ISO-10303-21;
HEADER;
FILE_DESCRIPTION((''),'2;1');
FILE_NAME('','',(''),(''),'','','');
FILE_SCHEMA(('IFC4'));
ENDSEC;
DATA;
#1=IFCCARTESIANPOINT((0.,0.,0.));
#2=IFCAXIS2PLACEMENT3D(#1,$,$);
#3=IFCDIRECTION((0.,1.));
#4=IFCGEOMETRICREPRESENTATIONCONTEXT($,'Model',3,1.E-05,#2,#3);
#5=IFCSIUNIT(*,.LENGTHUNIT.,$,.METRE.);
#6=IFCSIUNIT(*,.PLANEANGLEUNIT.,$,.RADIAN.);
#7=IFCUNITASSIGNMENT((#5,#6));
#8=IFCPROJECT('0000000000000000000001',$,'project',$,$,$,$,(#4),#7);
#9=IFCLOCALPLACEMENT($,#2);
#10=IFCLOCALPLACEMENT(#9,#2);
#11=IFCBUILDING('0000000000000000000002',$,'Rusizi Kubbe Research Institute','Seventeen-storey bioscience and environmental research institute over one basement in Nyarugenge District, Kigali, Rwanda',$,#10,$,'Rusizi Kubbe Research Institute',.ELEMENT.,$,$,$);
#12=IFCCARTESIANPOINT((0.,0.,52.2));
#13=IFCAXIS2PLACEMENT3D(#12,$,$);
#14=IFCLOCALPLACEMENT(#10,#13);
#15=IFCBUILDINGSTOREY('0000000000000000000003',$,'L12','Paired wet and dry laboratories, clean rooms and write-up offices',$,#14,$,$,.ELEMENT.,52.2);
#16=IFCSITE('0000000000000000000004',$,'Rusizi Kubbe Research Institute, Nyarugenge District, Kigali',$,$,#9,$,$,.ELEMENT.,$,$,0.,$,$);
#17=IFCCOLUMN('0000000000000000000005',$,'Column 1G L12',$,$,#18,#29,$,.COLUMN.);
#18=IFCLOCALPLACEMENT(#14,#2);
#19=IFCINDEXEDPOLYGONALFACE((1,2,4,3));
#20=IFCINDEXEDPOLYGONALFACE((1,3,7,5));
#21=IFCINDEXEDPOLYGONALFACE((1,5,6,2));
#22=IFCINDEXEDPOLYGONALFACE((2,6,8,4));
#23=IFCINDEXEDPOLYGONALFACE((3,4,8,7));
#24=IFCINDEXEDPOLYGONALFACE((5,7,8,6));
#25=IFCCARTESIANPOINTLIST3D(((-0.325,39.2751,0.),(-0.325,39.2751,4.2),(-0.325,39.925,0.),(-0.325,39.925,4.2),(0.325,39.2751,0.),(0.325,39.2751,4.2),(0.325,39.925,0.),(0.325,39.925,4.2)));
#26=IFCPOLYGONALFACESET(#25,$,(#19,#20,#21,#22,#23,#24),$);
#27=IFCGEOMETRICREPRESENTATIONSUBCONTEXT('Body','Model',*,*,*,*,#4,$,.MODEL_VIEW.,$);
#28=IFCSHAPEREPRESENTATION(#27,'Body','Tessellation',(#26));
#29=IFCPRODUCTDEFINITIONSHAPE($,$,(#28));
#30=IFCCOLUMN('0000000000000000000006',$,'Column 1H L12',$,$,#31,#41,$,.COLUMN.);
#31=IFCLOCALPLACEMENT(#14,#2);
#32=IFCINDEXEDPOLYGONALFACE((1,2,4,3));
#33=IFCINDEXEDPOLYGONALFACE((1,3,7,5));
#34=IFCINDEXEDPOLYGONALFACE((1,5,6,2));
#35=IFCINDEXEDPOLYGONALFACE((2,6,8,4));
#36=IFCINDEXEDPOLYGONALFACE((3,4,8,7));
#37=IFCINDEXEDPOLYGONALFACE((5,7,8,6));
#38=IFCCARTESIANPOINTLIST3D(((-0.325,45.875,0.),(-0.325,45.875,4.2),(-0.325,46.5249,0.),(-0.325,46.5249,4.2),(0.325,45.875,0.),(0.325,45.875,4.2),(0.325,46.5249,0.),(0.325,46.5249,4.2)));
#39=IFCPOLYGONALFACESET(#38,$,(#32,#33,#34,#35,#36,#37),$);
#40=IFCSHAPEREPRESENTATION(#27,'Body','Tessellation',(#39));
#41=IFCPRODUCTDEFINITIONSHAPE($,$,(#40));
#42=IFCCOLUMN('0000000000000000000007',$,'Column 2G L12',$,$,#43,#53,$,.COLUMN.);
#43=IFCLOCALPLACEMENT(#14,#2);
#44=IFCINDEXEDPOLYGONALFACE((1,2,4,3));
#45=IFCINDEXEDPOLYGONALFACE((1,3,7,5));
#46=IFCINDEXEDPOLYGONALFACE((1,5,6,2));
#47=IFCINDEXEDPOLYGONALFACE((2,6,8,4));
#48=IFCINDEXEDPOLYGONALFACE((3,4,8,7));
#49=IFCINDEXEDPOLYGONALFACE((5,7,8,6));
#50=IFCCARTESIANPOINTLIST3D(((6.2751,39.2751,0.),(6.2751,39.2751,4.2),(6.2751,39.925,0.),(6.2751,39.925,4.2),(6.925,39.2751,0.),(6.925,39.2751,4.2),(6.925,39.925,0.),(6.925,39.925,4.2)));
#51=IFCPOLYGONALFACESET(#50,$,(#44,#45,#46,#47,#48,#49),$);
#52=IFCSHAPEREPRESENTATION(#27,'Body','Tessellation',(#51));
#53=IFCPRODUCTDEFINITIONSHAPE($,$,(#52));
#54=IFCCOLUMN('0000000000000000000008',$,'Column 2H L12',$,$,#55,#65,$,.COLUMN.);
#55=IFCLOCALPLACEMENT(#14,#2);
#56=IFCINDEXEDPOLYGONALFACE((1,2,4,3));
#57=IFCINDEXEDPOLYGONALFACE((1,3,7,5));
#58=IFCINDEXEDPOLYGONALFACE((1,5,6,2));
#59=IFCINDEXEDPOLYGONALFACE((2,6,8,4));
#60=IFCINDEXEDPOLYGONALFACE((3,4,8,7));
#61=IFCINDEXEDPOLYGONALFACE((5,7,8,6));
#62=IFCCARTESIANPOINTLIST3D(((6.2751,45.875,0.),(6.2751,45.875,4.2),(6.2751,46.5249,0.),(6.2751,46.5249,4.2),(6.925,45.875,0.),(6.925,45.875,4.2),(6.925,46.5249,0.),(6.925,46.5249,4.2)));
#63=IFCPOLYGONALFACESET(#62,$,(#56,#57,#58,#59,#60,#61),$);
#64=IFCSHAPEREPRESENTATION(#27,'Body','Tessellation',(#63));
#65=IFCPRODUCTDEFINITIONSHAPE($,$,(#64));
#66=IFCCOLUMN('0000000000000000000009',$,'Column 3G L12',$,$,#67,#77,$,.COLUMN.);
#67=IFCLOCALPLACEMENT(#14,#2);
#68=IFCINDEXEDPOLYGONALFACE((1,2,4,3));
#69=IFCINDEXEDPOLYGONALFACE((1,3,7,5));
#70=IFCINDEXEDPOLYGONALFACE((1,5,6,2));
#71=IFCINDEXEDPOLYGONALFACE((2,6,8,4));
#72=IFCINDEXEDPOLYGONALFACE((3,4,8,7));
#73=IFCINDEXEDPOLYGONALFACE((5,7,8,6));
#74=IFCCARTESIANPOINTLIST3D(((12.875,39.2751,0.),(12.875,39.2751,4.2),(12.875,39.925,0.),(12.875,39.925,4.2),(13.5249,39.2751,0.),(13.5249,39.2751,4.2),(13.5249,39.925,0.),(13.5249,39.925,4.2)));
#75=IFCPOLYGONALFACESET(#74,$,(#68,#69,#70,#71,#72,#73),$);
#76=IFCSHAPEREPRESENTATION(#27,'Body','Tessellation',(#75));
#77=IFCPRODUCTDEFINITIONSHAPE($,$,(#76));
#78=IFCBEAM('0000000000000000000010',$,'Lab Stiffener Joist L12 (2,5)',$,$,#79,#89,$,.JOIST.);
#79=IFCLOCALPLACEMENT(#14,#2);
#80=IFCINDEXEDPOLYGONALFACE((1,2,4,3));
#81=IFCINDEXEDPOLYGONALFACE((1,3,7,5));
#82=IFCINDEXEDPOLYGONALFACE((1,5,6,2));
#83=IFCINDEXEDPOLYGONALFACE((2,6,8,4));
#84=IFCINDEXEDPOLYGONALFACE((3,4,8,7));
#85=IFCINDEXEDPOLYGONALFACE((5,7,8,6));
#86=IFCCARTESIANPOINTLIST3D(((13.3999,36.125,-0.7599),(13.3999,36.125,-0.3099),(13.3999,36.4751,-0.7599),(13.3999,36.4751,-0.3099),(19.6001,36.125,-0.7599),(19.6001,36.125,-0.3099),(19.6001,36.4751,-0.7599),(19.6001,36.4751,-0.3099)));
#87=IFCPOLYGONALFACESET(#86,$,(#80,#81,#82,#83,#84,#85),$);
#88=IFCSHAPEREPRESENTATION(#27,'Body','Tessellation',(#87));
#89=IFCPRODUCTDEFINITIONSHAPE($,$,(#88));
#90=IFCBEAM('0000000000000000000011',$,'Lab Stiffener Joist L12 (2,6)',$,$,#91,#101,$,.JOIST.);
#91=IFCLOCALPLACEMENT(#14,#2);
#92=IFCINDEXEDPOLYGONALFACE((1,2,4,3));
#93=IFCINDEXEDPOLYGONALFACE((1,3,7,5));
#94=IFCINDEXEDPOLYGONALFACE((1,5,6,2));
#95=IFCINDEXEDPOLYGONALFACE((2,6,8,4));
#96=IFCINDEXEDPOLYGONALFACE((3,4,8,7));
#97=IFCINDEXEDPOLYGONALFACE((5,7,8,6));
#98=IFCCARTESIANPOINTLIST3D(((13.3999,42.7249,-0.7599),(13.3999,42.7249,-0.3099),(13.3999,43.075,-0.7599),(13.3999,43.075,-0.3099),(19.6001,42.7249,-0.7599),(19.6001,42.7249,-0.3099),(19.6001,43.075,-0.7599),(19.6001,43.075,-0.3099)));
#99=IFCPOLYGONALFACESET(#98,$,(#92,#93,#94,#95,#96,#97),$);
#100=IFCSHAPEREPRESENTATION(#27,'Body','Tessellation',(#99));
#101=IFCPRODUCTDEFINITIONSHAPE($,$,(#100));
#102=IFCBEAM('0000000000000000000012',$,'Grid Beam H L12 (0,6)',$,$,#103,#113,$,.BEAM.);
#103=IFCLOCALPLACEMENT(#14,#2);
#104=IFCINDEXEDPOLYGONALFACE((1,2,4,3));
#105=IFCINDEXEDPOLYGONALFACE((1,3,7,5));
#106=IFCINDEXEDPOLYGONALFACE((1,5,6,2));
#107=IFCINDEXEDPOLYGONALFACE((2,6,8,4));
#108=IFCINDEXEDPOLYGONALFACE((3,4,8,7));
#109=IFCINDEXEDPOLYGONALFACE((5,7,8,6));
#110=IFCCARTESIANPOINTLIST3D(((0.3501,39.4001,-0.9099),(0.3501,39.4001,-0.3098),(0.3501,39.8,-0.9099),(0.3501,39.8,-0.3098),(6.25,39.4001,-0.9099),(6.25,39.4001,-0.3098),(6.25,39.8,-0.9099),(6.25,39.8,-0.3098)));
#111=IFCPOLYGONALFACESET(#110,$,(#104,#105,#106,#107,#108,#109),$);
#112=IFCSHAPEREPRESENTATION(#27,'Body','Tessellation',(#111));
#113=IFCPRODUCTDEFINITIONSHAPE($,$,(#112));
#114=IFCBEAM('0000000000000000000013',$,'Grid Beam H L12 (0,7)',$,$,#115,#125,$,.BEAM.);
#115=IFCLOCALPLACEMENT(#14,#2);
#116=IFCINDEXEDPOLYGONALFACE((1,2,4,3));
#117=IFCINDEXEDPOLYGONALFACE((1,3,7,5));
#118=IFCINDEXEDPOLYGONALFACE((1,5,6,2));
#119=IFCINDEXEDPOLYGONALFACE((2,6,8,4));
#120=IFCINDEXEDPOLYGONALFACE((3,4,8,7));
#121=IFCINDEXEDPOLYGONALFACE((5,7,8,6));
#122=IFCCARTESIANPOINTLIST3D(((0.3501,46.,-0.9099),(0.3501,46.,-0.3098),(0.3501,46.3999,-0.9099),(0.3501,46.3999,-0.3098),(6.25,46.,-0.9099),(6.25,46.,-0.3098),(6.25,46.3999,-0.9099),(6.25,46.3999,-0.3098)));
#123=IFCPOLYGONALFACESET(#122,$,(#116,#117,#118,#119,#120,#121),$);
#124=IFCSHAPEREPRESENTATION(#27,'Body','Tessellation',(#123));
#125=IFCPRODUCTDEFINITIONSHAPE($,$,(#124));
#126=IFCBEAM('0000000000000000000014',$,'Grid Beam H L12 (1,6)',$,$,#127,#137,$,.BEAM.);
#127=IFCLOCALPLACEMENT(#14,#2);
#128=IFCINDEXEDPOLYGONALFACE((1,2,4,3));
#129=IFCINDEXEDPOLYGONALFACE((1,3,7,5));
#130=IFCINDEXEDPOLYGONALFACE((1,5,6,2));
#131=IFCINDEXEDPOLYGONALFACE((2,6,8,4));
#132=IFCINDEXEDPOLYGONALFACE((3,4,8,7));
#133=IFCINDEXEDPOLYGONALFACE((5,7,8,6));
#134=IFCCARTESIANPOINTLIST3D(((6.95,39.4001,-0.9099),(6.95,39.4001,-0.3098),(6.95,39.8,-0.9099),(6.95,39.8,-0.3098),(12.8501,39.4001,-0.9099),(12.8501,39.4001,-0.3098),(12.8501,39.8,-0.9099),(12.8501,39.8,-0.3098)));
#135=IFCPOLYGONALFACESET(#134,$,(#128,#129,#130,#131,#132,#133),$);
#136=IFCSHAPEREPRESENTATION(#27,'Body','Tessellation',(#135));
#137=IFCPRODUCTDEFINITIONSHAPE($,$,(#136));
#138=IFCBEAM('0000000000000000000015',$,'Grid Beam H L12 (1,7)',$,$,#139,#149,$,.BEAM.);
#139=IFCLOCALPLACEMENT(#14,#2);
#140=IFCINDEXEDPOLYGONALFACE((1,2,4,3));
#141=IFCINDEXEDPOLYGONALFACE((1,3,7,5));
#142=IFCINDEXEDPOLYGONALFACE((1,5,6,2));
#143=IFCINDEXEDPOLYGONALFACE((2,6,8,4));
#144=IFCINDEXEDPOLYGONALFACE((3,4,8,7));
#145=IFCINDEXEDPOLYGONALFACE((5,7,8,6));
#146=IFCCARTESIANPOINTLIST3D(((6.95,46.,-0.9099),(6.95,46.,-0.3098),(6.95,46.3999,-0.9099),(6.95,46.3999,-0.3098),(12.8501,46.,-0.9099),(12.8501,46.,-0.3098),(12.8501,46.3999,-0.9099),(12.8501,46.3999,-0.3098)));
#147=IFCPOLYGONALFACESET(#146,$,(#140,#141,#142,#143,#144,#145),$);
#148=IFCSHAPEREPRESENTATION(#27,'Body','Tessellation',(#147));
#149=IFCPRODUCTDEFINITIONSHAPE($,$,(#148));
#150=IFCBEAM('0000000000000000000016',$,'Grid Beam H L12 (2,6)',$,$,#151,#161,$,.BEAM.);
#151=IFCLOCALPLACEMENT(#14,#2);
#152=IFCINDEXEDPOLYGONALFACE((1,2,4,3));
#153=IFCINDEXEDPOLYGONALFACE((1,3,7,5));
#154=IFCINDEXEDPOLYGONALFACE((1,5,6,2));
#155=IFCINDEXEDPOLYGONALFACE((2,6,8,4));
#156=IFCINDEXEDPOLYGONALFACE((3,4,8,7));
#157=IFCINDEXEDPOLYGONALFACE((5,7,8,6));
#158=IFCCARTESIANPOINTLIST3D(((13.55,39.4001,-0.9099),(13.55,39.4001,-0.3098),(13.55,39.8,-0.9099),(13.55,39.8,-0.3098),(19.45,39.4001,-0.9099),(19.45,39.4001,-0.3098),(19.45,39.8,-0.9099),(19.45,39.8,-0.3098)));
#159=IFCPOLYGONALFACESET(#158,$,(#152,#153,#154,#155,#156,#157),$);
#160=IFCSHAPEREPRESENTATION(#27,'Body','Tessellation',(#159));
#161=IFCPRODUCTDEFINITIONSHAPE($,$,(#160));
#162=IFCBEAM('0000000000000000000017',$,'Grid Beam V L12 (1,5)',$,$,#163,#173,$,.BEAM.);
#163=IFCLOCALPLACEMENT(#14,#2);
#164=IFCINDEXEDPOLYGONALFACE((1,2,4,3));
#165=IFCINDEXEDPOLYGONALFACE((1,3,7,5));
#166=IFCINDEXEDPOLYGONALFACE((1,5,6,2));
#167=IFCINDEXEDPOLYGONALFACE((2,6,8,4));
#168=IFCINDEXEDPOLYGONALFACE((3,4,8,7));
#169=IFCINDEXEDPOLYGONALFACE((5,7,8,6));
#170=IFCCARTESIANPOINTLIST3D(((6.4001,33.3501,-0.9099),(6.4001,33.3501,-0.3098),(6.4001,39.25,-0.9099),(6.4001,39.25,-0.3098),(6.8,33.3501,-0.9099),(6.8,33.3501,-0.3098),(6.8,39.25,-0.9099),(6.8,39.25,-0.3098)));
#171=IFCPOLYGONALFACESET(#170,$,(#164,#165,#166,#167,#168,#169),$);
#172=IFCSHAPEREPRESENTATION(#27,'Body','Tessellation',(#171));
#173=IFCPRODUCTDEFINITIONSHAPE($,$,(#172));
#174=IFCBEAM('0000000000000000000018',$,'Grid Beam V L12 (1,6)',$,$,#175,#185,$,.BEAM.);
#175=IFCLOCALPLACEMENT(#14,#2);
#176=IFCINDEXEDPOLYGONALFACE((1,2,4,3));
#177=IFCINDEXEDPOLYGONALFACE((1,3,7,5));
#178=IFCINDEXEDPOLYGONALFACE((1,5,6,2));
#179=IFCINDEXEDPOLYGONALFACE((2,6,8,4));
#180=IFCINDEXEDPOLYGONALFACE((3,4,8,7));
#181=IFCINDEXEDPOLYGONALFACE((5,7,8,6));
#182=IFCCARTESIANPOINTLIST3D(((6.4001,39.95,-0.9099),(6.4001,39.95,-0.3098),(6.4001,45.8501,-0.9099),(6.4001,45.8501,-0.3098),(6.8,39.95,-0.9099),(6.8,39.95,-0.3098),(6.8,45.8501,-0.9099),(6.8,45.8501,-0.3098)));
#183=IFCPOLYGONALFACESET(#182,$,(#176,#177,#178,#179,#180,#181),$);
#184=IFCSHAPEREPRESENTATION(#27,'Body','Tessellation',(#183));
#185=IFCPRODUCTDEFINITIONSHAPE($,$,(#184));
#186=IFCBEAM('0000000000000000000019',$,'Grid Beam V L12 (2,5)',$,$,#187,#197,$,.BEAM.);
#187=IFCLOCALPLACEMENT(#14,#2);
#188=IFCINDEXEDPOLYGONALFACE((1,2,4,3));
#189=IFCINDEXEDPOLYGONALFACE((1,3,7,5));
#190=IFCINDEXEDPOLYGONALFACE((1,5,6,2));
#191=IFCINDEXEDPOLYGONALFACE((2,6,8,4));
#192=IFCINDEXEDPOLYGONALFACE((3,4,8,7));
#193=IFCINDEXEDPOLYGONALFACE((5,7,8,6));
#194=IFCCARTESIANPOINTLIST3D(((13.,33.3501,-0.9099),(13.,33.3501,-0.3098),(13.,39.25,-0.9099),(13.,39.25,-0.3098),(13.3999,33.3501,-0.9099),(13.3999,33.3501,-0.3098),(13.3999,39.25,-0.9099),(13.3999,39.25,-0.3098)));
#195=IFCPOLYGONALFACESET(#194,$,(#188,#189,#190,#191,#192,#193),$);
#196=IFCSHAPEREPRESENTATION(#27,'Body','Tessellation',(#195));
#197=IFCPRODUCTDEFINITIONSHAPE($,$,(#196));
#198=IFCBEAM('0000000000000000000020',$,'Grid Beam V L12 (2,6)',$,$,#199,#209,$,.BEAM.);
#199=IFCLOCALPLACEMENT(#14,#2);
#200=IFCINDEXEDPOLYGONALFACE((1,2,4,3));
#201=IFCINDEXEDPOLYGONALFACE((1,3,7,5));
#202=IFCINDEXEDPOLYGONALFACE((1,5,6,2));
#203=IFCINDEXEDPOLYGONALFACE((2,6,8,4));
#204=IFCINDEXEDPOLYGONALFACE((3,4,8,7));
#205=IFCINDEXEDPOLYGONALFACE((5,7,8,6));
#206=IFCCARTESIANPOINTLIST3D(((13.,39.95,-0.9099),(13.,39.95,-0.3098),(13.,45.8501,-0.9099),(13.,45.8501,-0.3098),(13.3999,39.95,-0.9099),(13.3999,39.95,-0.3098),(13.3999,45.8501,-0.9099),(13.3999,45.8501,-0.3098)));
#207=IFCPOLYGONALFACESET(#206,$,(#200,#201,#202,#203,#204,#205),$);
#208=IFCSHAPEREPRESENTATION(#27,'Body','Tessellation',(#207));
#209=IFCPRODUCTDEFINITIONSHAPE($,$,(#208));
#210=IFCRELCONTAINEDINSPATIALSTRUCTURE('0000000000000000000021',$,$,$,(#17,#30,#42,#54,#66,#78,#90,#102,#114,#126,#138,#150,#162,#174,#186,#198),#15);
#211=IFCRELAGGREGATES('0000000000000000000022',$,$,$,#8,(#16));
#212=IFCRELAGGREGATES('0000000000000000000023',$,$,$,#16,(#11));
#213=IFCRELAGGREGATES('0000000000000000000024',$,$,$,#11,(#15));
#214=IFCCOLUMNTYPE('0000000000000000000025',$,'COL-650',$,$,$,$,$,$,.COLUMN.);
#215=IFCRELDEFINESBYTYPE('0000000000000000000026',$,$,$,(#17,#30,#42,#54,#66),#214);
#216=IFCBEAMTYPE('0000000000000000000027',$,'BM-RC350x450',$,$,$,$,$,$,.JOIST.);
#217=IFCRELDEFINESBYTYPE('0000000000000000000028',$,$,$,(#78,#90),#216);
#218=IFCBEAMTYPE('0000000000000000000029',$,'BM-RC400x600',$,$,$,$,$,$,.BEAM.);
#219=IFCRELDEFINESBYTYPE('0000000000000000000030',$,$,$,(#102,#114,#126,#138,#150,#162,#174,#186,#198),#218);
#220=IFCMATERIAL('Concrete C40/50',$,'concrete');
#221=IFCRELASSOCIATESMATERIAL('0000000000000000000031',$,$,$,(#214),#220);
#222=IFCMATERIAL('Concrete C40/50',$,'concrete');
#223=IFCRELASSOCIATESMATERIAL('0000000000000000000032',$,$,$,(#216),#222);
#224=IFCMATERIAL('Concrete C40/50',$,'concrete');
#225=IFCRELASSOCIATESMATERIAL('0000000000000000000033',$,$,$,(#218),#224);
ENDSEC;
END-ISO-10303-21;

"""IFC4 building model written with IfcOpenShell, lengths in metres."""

from ifc_helpers import new_model, si_unit, direction, frame, origin, origin_2d, place, context, subcontext, project, spatial, rectangle, extrude, material, material_profile, profile_set, type_object, element, save


model = new_model("IFC4")

# Units and contexts
model_context = context("Model", 3, precision=1e-05, world=origin(), true_north=direction((0.0, 1.0)))
body_context = subcontext(model_context, "Body", "Model", "MODEL_VIEW")
ifc_project = project(units=[si_unit("LENGTHUNIT", "METRE"), si_unit("PLANEANGLEUNIT", "RADIAN")], contexts=[model_context])

# Site, building, storey
site_placement = place(None, origin())
site = spatial("IfcSite", under=ifc_project, at=site_placement, Name="Rusizi Kubbe Research Institute, Nyarugenge District, Kigali", CompositionType="ELEMENT", RefElevation=0.0)
building_placement = place(site_placement, origin())
building = spatial("IfcBuilding", under=site, at=building_placement, Name="Rusizi Kubbe Research Institute", Description="Seventeen-storey bioscience and environmental research institute over one basement in Nyarugenge District, Kigali, Rwanda", LongName="Rusizi Kubbe Research Institute", CompositionType="ELEMENT")
storey_placement = place(building_placement, frame((0.0, 0.0, 52.2)))
storey = spatial("IfcBuildingStorey", under=building, at=storey_placement, Name="L12", Description="Paired wet and dry laboratories, clean rooms and write-up offices", CompositionType="ELEMENT", Elevation=52.2)

# Columns
ifc_material_1 = material(Name="Concrete C40/50", Category="concrete")
ifc_material_profile_1 = material_profile(ifc_material_1, rectangle(XDim=0.6499, YDim=0.6499, at=origin_2d()), Name="RC650x650")
ifc_profile_set_1 = profile_set([ifc_material_profile_1], Name="Concrete C40/50")
column_type = type_object("IfcColumnType", Name="COL-650", PredefinedType="COLUMN", material=ifc_profile_set_1)
for number, where, z_axis, x_axis, name in (
    (1, (0.0, 39.6001, 0.0), (0.0, 0.0, 1.0), (1.0, 0.0, 0.0), "Column 1G L12"),
    (2, (0.0, 46.2, 0.0), (0.0, 0.0, 1.0), (1.0, 0.0, 0.0), "Column 1H L12"),
    (3, (6.6001, 39.6001, 0.0), (0.0, 0.0, 1.0), (1.0, 0.0, 0.0), "Column 2G L12"),
    (4, (6.6001, 46.2, 0.0), (0.0, 0.0, 1.0), (1.0, 0.0, 0.0), "Column 2H L12"),
    (5, (13.2, 39.6001, 0.0), (0.0, 0.0, 1.0), (1.0, 0.0, 0.0), "Column 3G L12"),
):
    element("IfcColumn", number, at=place(storey_placement, frame(where, z_axis=z_axis, x_axis=x_axis)), inside=storey, type_object=column_type, Name=name, PredefinedType="COLUMN", context=body_context, shape_type="SweptSolid", body=[
        extrude(rectangle(XDim=0.6499, YDim=0.6499, at=origin_2d()), origin(), (0.0, 0.0, 1.0), 4.2),
    ])

# Beams
ifc_material_2 = material(Name="Concrete C40/50", Category="concrete")
ifc_material_profile_2 = material_profile(ifc_material_2, rectangle(XDim=0.3501, YDim=0.45, at=origin_2d()), Name="RC350x450")
ifc_profile_set_2 = profile_set([ifc_material_profile_2], Name="Concrete C40/50")
beam_type_1 = type_object("IfcBeamType", Name="BM-RC350x450", PredefinedType="JOIST", material=ifc_profile_set_2)
for number, where, z_axis, x_axis, name in (
    (6, (13.3999, 36.3, -0.5349), (1.0, 0.0, 0.0), (0.0, 1.0, 0.0), "Lab Stiffener Joist L12 (2,5)"),
    (7, (13.3999, 42.8999, -0.5349), (1.0, 0.0, 0.0), (0.0, 1.0, 0.0), "Lab Stiffener Joist L12 (2,6)"),
):
    element("IfcBeam", number, at=place(storey_placement, frame(where, z_axis=z_axis, x_axis=x_axis)), inside=storey, type_object=beam_type_1, Name=name, PredefinedType="JOIST", context=body_context, shape_type="SweptSolid", body=[
        extrude(rectangle(XDim=0.3501, YDim=0.45, at=origin_2d()), origin(), (0.0, 0.0, 1.0), 6.2002),
    ])
ifc_material_3 = material(Name="Concrete C40/50", Category="concrete")
ifc_material_profile_3 = material_profile(ifc_material_3, rectangle(XDim=0.3999, YDim=0.6001, at=origin_2d()), Name="RC400x600")
ifc_profile_set_3 = profile_set([ifc_material_profile_3], Name="Concrete C40/50")
beam_type_2 = type_object("IfcBeamType", Name="BM-RC400x600", PredefinedType="BEAM", material=ifc_profile_set_3)
for number, where, z_axis, x_axis, name in (
    (8, (0.3501, 39.6001, -0.6099), (1.0, 0.0, 0.0), (0.0, 1.0, 0.0), "Grid Beam H L12 (0,6)"),
    (9, (0.3501, 46.2, -0.6099), (1.0, 0.0, 0.0), (0.0, 1.0, 0.0), "Grid Beam H L12 (0,7)"),
):
    element("IfcBeam", number, at=place(storey_placement, frame(where, z_axis=z_axis, x_axis=x_axis)), inside=storey, type_object=beam_type_2, Name=name, PredefinedType="BEAM", context=body_context, shape_type="SweptSolid", body=[
        extrude(rectangle(XDim=0.3999, YDim=0.6001, at=origin_2d()), origin(), (0.0, 0.0, 1.0), 5.8999),
    ])
for number, where, z_axis, x_axis, name in (
    (10, (6.95, 39.6001, -0.6099), (1.0, 0.0, 0.0), (0.0, 1.0, 0.0), "Grid Beam H L12 (1,6)"),
    (11, (6.95, 46.2, -0.6099), (1.0, 0.0, 0.0), (0.0, 1.0, 0.0), "Grid Beam H L12 (1,7)"),
):
    element("IfcBeam", number, at=place(storey_placement, frame(where, z_axis=z_axis, x_axis=x_axis)), inside=storey, type_object=beam_type_2, Name=name, PredefinedType="BEAM", context=body_context, shape_type="SweptSolid", body=[
        extrude(rectangle(XDim=0.3999, YDim=0.6001, at=origin_2d()), origin(), (0.0, 0.0, 1.0), 5.9001),
    ])
for number, where, z_axis, x_axis, name in (
    (12, (13.55, 39.6001, -0.6099), (1.0, 0.0, 0.0), (0.0, 1.0, 0.0), "Grid Beam H L12 (2,6)"),
    (13, (6.6001, 33.3501, -0.6099), (0.0, 1.0, 0.0), (-1.0, 0.0, 0.0), "Grid Beam V L12 (1,5)"),
):
    element("IfcBeam", number, at=place(storey_placement, frame(where, z_axis=z_axis, x_axis=x_axis)), inside=storey, type_object=beam_type_2, Name=name, PredefinedType="BEAM", context=body_context, shape_type="SweptSolid", body=[
        extrude(rectangle(XDim=0.3999, YDim=0.6001, at=origin_2d()), origin(), (0.0, 0.0, 1.0), 5.8999),
    ])
beam_1_placement = place(storey_placement, frame((6.6001, 39.95, -0.6099), z_axis=(0.0, 1.0, 0.0), x_axis=(-1.0, 0.0, 0.0)))
element("IfcBeam", 14, at=beam_1_placement, inside=storey, type_object=beam_type_2, Name="Grid Beam V L12 (1,6)", PredefinedType="BEAM", context=body_context, shape_type="SweptSolid", body=[
    extrude(rectangle(XDim=0.3999, YDim=0.6001, at=origin_2d()), origin(), (0.0, 0.0, 1.0), 5.9001),
])
beam_2_placement = place(storey_placement, frame((13.2, 33.3501, -0.6099), z_axis=(0.0, 1.0, 0.0), x_axis=(-1.0, 0.0, 0.0)))
element("IfcBeam", 15, at=beam_2_placement, inside=storey, type_object=beam_type_2, Name="Grid Beam V L12 (2,5)", PredefinedType="BEAM", context=body_context, shape_type="SweptSolid", body=[
    extrude(rectangle(XDim=0.3999, YDim=0.6001, at=origin_2d()), origin(), (0.0, 0.0, 1.0), 5.8999),
])
beam_3_placement = place(storey_placement, frame((13.2, 39.95, -0.6099), z_axis=(0.0, 1.0, 0.0), x_axis=(-1.0, 0.0, 0.0)))
element("IfcBeam", 16, at=beam_3_placement, inside=storey, type_object=beam_type_2, Name="Grid Beam V L12 (2,6)", PredefinedType="BEAM", context=body_context, shape_type="SweptSolid", body=[
    extrude(rectangle(XDim=0.3999, YDim=0.6001, at=origin_2d()), origin(), (0.0, 0.0, 1.0), 5.9001),
])

save(model, "model.ifc")
